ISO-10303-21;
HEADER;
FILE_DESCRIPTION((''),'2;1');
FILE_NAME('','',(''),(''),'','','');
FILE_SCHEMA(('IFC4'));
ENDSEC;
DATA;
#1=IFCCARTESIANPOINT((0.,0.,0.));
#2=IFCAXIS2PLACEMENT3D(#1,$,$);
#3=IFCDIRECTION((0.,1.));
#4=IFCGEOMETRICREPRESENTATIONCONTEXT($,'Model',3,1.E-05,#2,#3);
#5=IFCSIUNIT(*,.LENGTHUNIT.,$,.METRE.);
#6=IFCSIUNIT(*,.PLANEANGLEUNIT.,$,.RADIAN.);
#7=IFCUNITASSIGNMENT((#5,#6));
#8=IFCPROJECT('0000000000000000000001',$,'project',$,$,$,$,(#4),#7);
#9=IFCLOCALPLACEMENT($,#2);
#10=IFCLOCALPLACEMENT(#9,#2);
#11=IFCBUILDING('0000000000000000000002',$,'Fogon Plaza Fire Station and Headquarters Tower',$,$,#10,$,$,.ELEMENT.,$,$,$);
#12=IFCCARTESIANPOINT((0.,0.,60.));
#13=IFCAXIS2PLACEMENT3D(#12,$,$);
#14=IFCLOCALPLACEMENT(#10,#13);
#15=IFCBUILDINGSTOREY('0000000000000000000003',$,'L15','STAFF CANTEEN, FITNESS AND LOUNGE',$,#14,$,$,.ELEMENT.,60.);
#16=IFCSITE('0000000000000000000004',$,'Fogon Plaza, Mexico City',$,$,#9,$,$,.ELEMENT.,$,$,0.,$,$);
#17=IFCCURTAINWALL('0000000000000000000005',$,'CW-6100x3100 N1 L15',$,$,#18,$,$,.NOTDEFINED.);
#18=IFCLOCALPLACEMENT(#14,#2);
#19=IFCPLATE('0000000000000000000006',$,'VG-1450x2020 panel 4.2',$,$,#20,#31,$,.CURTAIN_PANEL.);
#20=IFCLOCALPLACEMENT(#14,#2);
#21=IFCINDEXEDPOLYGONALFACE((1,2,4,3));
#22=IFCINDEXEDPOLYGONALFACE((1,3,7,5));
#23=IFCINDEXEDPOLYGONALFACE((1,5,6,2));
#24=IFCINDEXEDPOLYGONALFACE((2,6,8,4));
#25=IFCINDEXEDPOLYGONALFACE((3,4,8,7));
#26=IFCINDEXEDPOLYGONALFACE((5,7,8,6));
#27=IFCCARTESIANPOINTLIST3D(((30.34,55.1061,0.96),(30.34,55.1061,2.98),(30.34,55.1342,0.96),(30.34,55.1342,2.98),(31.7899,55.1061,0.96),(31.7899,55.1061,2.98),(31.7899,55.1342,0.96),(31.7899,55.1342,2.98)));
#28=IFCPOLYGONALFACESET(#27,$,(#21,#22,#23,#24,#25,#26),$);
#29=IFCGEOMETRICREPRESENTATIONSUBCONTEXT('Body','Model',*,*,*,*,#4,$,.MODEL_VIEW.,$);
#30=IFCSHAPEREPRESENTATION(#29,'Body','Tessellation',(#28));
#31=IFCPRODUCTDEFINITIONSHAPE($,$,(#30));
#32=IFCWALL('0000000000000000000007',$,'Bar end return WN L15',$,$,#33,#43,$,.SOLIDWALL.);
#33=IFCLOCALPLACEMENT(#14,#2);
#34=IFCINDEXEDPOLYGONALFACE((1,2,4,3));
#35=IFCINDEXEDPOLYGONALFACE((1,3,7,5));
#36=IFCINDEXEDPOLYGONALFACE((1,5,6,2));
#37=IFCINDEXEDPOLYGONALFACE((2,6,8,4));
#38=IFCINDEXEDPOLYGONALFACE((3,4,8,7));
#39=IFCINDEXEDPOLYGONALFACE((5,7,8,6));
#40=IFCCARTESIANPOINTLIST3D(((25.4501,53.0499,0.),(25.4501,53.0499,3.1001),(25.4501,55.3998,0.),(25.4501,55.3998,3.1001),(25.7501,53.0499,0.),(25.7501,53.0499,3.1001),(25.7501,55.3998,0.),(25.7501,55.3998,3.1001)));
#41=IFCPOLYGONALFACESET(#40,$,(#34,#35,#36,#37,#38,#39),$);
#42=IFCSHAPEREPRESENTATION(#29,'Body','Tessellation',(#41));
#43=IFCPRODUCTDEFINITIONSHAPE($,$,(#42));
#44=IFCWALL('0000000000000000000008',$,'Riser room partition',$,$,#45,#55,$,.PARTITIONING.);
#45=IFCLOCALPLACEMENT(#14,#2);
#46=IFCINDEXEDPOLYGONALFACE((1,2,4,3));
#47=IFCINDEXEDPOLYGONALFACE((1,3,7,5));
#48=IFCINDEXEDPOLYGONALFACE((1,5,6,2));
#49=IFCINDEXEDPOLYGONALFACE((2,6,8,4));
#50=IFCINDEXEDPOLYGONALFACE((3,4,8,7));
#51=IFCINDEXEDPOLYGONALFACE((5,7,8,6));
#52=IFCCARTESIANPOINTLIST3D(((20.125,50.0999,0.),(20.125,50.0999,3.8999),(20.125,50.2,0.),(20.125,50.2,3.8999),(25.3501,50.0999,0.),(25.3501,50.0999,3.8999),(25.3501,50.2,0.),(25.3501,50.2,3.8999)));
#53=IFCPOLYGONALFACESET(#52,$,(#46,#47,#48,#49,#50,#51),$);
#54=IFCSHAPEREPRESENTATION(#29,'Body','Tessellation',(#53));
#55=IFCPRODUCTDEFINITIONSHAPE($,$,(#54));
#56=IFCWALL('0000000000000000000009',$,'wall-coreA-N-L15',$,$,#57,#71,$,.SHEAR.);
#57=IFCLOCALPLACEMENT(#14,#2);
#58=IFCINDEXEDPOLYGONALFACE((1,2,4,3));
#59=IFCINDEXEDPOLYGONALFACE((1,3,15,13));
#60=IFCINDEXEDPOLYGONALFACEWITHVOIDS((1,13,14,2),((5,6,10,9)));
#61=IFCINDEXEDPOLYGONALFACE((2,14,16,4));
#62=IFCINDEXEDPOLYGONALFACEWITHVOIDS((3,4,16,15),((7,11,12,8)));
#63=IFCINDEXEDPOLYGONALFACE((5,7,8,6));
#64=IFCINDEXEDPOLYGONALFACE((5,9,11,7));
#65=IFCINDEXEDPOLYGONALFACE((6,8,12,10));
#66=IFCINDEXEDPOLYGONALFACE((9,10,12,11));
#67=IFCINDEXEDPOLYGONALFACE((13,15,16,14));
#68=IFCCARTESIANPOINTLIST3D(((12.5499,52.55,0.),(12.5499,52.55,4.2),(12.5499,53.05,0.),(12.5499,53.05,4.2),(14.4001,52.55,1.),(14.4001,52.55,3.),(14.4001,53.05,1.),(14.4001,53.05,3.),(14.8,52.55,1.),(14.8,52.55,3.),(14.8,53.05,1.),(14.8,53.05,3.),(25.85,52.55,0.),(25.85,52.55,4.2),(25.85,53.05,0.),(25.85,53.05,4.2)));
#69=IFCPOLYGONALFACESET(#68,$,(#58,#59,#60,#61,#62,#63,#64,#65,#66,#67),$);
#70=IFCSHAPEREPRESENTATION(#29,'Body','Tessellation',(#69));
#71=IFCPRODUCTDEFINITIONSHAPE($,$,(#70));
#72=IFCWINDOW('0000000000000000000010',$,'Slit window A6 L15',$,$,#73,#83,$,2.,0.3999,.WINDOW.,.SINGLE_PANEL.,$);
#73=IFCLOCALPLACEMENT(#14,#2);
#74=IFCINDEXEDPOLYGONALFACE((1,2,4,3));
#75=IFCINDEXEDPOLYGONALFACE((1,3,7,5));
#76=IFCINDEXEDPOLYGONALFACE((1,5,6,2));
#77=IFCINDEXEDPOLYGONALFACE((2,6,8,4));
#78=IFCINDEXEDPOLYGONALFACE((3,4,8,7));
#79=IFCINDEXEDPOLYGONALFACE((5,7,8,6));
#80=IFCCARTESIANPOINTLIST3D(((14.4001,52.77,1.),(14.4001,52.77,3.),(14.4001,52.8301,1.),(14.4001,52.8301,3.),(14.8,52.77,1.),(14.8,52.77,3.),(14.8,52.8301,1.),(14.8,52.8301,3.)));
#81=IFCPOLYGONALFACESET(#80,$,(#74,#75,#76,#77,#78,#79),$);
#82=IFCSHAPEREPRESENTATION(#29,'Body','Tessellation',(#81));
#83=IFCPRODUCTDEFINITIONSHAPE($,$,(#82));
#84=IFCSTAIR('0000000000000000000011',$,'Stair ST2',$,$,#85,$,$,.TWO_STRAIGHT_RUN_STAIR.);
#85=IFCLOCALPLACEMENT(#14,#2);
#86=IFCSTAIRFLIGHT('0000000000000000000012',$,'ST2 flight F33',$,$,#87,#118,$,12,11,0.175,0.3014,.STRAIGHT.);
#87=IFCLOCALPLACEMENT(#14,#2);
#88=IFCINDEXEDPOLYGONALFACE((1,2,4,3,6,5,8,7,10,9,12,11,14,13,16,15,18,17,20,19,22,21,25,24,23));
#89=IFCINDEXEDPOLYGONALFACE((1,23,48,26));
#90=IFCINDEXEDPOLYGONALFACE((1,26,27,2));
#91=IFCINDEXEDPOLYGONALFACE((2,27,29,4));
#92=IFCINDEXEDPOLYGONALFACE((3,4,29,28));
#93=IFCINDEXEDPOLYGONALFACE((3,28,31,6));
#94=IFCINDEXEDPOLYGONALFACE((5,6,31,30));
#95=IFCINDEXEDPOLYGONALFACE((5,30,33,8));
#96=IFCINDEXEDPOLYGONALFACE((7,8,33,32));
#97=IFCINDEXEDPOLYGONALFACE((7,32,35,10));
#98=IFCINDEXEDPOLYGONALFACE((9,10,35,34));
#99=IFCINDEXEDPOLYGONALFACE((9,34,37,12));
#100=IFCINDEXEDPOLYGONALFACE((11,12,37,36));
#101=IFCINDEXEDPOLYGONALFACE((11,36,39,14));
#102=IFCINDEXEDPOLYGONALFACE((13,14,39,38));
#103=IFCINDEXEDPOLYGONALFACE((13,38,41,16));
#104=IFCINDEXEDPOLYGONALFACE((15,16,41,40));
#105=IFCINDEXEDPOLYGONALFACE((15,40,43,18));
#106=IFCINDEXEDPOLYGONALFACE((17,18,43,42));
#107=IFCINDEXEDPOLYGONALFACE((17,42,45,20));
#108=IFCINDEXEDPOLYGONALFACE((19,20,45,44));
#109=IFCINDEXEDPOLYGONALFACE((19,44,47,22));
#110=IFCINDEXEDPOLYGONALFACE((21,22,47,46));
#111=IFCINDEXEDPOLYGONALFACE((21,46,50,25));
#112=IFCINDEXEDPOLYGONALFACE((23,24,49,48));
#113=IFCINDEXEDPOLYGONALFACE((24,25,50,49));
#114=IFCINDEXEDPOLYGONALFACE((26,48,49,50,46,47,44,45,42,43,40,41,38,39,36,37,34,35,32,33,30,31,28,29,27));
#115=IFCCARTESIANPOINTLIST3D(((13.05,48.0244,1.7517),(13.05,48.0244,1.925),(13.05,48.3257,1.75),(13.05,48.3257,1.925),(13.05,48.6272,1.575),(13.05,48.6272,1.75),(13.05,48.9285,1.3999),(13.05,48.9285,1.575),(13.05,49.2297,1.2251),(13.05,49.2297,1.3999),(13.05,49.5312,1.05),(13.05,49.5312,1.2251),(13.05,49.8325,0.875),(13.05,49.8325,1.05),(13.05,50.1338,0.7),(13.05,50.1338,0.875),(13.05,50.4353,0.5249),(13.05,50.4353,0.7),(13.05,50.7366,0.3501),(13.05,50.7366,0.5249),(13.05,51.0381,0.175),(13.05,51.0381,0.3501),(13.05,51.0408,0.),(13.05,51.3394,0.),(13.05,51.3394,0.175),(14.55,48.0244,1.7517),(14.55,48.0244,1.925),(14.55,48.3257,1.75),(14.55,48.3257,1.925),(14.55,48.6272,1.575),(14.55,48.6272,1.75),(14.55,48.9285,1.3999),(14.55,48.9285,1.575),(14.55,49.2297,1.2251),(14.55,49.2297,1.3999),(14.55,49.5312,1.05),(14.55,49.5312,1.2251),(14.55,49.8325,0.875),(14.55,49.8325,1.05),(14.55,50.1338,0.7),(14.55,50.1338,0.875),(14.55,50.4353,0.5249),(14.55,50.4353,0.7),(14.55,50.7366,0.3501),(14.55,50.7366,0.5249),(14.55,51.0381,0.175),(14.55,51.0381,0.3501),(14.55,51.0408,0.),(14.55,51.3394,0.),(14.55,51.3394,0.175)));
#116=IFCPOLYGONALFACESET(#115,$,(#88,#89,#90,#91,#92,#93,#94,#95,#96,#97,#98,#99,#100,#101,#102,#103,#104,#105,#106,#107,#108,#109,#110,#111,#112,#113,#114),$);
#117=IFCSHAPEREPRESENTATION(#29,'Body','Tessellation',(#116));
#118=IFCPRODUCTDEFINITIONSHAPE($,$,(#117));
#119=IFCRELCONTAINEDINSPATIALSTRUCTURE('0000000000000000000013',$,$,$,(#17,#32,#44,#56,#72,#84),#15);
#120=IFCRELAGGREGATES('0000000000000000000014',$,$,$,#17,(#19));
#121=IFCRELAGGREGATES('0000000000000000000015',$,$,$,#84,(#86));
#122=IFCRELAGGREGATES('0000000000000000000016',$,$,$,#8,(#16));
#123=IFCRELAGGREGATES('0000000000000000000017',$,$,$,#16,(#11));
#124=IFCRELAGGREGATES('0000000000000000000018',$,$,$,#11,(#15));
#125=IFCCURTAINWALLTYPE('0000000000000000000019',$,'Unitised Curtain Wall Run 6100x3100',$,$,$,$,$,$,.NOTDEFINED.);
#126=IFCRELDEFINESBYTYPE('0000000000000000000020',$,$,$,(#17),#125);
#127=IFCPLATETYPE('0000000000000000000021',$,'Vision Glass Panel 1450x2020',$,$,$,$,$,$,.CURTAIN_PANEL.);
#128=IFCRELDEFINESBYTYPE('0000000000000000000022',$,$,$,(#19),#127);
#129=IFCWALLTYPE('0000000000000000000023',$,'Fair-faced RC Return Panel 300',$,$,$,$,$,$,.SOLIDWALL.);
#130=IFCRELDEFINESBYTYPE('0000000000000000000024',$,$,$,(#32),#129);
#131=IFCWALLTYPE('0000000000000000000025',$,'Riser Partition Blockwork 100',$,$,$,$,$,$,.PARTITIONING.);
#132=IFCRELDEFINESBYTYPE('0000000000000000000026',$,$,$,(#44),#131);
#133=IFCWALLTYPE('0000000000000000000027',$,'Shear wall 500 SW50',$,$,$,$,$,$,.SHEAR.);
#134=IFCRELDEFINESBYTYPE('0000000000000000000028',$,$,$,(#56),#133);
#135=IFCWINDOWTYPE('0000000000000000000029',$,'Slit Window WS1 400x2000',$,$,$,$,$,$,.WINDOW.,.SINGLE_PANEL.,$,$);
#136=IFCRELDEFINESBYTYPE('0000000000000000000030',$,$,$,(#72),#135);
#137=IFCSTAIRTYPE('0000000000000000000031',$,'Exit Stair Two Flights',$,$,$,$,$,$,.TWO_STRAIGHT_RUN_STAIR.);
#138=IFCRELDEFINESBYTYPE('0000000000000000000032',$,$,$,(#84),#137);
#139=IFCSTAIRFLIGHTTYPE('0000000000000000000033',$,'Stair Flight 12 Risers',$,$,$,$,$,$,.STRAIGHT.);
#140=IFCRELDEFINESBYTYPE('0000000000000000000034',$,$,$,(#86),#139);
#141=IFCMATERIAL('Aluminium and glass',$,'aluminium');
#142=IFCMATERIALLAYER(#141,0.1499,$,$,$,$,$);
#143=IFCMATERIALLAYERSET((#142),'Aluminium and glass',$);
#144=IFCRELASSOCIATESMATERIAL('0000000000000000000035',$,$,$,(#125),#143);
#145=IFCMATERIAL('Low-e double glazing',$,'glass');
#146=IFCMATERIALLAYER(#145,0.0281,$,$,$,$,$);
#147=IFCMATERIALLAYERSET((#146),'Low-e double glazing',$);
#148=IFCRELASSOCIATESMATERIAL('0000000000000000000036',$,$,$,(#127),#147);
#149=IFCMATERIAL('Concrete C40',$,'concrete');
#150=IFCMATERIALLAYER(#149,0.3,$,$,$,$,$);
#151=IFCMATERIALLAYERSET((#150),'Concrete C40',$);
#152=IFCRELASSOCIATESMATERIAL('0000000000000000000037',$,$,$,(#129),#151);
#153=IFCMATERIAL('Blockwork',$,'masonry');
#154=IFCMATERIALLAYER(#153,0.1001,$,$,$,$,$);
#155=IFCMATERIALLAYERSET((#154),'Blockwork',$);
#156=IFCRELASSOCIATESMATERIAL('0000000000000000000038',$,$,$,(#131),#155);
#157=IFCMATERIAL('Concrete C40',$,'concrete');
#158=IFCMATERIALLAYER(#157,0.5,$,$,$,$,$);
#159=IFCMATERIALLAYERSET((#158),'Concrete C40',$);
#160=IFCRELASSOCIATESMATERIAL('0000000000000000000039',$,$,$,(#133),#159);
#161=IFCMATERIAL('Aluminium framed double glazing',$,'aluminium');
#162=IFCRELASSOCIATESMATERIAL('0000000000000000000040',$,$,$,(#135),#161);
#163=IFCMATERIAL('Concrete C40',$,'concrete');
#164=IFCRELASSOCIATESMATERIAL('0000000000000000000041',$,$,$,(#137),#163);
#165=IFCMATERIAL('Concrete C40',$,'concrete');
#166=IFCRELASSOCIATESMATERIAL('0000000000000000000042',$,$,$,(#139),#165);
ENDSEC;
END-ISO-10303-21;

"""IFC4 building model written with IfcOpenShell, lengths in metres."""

from ifc_helpers import new_model, si_unit, direction, frame, frame_2d, origin, origin_2d, place, context, subcontext, project, spatial, polyline, rectangle, outline, extrude, material, layer, layer_set, type_object, element, fill, aggregate, save


model = new_model("IFC4")

# Units and contexts
model_context = context("Model", 3, precision=1e-05, world=origin(), true_north=direction((0.0, 1.0)))
body_context = subcontext(model_context, "Body", "Model", "MODEL_VIEW")
ifc_project = project(units=[si_unit("LENGTHUNIT", "METRE"), si_unit("PLANEANGLEUNIT", "RADIAN")], contexts=[model_context])

# Site, building, storey
site_placement = place(None, origin())
site = spatial("IfcSite", under=ifc_project, at=site_placement, Name="Fogon Plaza, Mexico City", CompositionType="ELEMENT", RefElevation=0.0)
building_placement = place(site_placement, origin())
building = spatial("IfcBuilding", under=site, at=building_placement, Name="Fogon Plaza Fire Station and Headquarters Tower", CompositionType="ELEMENT")
storey_placement = place(building_placement, frame((0.0, 0.0, 60.0)))
storey = spatial("IfcBuildingStorey", under=building, at=storey_placement, Name="L15", Description="STAFF CANTEEN, FITNESS AND LOUNGE", CompositionType="ELEMENT", Elevation=60.0)

# Curtain wall
ifc_material_1 = material(Name="Aluminium and glass", Category="aluminium")
ifc_layer_1 = layer(ifc_material_1, 0.1499)
ifc_layer_set_1 = layer_set([ifc_layer_1], Name="Aluminium and glass")
curtain_wall_type = type_object("IfcCurtainWallType", Name="Unitised Curtain Wall Run 6100x3100", PredefinedType="NOTDEFINED", material=ifc_layer_set_1)
curtain_wall_placement = place(storey_placement, origin())
curtain_wall = element("IfcCurtainWall", 1, at=curtain_wall_placement, inside=storey, type_object=curtain_wall_type, Name="CW-6100x3100 N1 L15", PredefinedType="NOTDEFINED")

# Plate
ifc_material_2 = material(Name="Low-e double glazing", Category="glass")
ifc_layer_2 = layer(ifc_material_2, 0.0281)
ifc_layer_set_2 = layer_set([ifc_layer_2], Name="Low-e double glazing")
plate_type_1 = type_object("IfcPlateType", Name="Vision Glass Panel 1450x2020", PredefinedType="CURTAIN_PANEL", material=ifc_layer_set_2)
plate_1_placement = place(storey_placement, frame((31.0649, 55.1201, 0.96), z_axis=(0.0, 0.0, 1.0), x_axis=(1.0, 0.0, 0.0)))
plate_1 = element("IfcPlate", 2, at=plate_1_placement, type_object=plate_type_1, Name="VG-1450x2020 panel 4.2", PredefinedType="CURTAIN_PANEL", context=body_context, shape_type="SweptSolid", body=[
    extrude(rectangle(XDim=1.45, YDim=0.0281, at=origin_2d()), origin(), (0.0, 0.0, 1.0), 2.02),
])
aggregate(curtain_wall, [plate_1])

# Walls
ifc_material_3 = material(Name="Concrete C40", Category="concrete")
ifc_layer_3 = layer(ifc_material_3, 0.3)
ifc_layer_set_3 = layer_set([ifc_layer_3], Name="Concrete C40")
wall_type_1 = type_object("IfcWallType", Name="Fair-faced RC Return Panel 300", PredefinedType="SOLIDWALL", material=ifc_layer_set_3)
wall_1_placement = place(storey_placement, frame((25.6001, 53.05, 0.0), z_axis=(0.0, 0.0, 1.0), x_axis=(0.0, 1.0, 0.0)))
element("IfcWall", 3, at=wall_1_placement, inside=storey, type_object=wall_type_1, Name="Bar end return WN L15", PredefinedType="SOLIDWALL", context=body_context, shape_type="SweptSolid", body=[
    extrude(rectangle(XDim=2.3499, YDim=0.3, at=frame_2d((1.1748, 0.0))), origin(), (0.0, 0.0, 1.0), 3.1001),
])
ifc_material_4 = material(Name="Blockwork", Category="masonry")
ifc_layer_4 = layer(ifc_material_4, 0.1001)
ifc_layer_set_4 = layer_set([ifc_layer_4], Name="Blockwork")
wall_type_2 = type_object("IfcWallType", Name="Riser Partition Blockwork 100", PredefinedType="PARTITIONING", material=ifc_layer_set_4)
wall_2_placement = place(storey_placement, frame((20.125, 50.1499, 0.0), z_axis=(0.0, 0.0, 1.0), x_axis=(1.0, 0.0, 0.0)))
element("IfcWall", 4, at=wall_2_placement, inside=storey, type_object=wall_type_2, Name="Riser room partition", PredefinedType="PARTITIONING", context=body_context, shape_type="SweptSolid", body=[
    extrude(rectangle(XDim=5.2251, YDim=0.1001, at=frame_2d((2.6125, 0.0))), origin(), (0.0, 0.0, 1.0), 3.8999),
])

# Wall, opening, window
ifc_material_5 = material(Name="Concrete C40", Category="concrete")
ifc_layer_5 = layer(ifc_material_5, 0.5)
ifc_layer_set_5 = layer_set([ifc_layer_5], Name="Concrete C40")
wall_type_3 = type_object("IfcWallType", Name="Shear wall 500 SW50", PredefinedType="SHEAR", material=ifc_layer_set_5)
wall_3_placement = place(storey_placement, frame((12.55, 52.8, 0.0), z_axis=(0.0, 0.0, 1.0), x_axis=(1.0, 0.0, 0.0)))
wall_3 = element("IfcWall", 5, at=wall_3_placement, inside=storey, type_object=wall_type_3, Name="wall-coreA-N-L15", PredefinedType="SHEAR", context=body_context, shape_type="SweptSolid", body=[
    extrude(rectangle(XDim=13.3, YDim=0.5, at=frame_2d((6.6499, 0.0))), origin(), (0.0, 0.0, 1.0), 4.2),
])
opening_placement = place(wall_3_placement, frame((1.8501, 0.0, 1.0)))
opening = element("IfcOpeningElement", 6, at=opening_placement, cuts=wall_3, PredefinedType="OPENING", context=body_context, shape_type="SweptSolid", body=[
    extrude(rectangle(XDim=0.3999, YDim=2.0, at=frame_2d((0.2, 1.0))), frame((0.0, 0.26, 0.0), z_axis=(0.0, -1.0, 0.0), x_axis=(1.0, 0.0, 0.0)), (0.0, 0.0, 1.0), 0.52),
])
ifc_material_6 = material(Name="Aluminium framed double glazing", Category="aluminium")
window_type = type_object("IfcWindowType", Name="Slit Window WS1 400x2000", PartitioningType="SINGLE_PANEL", PredefinedType="WINDOW", material=ifc_material_6)
window_placement = place(opening_placement, origin())
window = element("IfcWindow", 7, at=window_placement, inside=storey, type_object=window_type, Name="Slit window A6 L15", OverallHeight=2.0, OverallWidth=0.3999, PartitioningType="SINGLE_PANEL", PredefinedType="WINDOW", context=body_context, shape_type="SweptSolid", body=[
    extrude(rectangle(XDim=0.3999, YDim=2.0, at=frame_2d((0.2, 1.0))), frame((0.0, 0.03, 0.0), z_axis=(0.0, -1.0, 0.0), x_axis=(1.0, 0.0, 0.0)), (0.0, 0.0, 1.0), 0.0601),
])
fill(opening, window)

# Stair, stair flight
ifc_material_7 = material(Name="Concrete C40", Category="concrete")
stair_type = type_object("IfcStairType", Name="Exit Stair Two Flights", PredefinedType="TWO_STRAIGHT_RUN_STAIR", material=ifc_material_7)
stair_placement = place(storey_placement, origin())
stair = element("IfcStair", 8, at=stair_placement, inside=storey, type_object=stair_type, Name="Stair ST2", PredefinedType="TWO_STRAIGHT_RUN_STAIR")
ifc_material_8 = material(Name="Concrete C40", Category="concrete")
stair_flight_type = type_object("IfcStairFlightType", Name="Stair Flight 12 Risers", PredefinedType="STRAIGHT", material=ifc_material_8)
stair_flight_placement = place(storey_placement, frame((13.8, 51.3394, 0.0), z_axis=(0.0, 0.0, 1.0), x_axis=(0.0, -1.0, 0.0)))
stair_flight = element("IfcStairFlight", 9, at=stair_flight_placement, type_object=stair_flight_type, Name="ST2 flight F33", NumberOfRisers=12, NumberOfTreads=11, PredefinedType="STRAIGHT", RiserHeight=0.175, TreadLength=0.3014, context=body_context, shape_type="SweptSolid", body=[
    extrude(outline(polyline([(0.0, 0.0), (0.0, 0.175), (0.3013, 0.175), (0.3013, 0.3501), (0.6028, 0.3501), (0.6028, 0.5249), (0.9041, 0.5249), (0.9041, 0.7), (1.2056, 0.7), (1.2056, 0.875), (1.5068, 0.875), (1.5068, 1.05), (1.8081, 1.05), (1.8081, 1.2251), (2.1096, 1.2251), (2.1096, 1.3999), (2.4109, 1.3999), (2.4109, 1.575), (2.7122, 1.575), (2.7122, 1.75), (3.0137, 1.75), (3.0137, 1.925), (3.3149, 1.925), (3.3149, 2.1001), (3.3149, 1.7517), (0.2986, 0.0), (0.0, 0.0)])), frame((0.0, 0.75, 0.0), z_axis=(0.0, -1.0, 0.0), x_axis=(1.0, 0.0, 0.0)), (0.0, 0.0, 1.0), 1.5),
])
aggregate(stair, [stair_flight])

save(model, "model.ifc")
